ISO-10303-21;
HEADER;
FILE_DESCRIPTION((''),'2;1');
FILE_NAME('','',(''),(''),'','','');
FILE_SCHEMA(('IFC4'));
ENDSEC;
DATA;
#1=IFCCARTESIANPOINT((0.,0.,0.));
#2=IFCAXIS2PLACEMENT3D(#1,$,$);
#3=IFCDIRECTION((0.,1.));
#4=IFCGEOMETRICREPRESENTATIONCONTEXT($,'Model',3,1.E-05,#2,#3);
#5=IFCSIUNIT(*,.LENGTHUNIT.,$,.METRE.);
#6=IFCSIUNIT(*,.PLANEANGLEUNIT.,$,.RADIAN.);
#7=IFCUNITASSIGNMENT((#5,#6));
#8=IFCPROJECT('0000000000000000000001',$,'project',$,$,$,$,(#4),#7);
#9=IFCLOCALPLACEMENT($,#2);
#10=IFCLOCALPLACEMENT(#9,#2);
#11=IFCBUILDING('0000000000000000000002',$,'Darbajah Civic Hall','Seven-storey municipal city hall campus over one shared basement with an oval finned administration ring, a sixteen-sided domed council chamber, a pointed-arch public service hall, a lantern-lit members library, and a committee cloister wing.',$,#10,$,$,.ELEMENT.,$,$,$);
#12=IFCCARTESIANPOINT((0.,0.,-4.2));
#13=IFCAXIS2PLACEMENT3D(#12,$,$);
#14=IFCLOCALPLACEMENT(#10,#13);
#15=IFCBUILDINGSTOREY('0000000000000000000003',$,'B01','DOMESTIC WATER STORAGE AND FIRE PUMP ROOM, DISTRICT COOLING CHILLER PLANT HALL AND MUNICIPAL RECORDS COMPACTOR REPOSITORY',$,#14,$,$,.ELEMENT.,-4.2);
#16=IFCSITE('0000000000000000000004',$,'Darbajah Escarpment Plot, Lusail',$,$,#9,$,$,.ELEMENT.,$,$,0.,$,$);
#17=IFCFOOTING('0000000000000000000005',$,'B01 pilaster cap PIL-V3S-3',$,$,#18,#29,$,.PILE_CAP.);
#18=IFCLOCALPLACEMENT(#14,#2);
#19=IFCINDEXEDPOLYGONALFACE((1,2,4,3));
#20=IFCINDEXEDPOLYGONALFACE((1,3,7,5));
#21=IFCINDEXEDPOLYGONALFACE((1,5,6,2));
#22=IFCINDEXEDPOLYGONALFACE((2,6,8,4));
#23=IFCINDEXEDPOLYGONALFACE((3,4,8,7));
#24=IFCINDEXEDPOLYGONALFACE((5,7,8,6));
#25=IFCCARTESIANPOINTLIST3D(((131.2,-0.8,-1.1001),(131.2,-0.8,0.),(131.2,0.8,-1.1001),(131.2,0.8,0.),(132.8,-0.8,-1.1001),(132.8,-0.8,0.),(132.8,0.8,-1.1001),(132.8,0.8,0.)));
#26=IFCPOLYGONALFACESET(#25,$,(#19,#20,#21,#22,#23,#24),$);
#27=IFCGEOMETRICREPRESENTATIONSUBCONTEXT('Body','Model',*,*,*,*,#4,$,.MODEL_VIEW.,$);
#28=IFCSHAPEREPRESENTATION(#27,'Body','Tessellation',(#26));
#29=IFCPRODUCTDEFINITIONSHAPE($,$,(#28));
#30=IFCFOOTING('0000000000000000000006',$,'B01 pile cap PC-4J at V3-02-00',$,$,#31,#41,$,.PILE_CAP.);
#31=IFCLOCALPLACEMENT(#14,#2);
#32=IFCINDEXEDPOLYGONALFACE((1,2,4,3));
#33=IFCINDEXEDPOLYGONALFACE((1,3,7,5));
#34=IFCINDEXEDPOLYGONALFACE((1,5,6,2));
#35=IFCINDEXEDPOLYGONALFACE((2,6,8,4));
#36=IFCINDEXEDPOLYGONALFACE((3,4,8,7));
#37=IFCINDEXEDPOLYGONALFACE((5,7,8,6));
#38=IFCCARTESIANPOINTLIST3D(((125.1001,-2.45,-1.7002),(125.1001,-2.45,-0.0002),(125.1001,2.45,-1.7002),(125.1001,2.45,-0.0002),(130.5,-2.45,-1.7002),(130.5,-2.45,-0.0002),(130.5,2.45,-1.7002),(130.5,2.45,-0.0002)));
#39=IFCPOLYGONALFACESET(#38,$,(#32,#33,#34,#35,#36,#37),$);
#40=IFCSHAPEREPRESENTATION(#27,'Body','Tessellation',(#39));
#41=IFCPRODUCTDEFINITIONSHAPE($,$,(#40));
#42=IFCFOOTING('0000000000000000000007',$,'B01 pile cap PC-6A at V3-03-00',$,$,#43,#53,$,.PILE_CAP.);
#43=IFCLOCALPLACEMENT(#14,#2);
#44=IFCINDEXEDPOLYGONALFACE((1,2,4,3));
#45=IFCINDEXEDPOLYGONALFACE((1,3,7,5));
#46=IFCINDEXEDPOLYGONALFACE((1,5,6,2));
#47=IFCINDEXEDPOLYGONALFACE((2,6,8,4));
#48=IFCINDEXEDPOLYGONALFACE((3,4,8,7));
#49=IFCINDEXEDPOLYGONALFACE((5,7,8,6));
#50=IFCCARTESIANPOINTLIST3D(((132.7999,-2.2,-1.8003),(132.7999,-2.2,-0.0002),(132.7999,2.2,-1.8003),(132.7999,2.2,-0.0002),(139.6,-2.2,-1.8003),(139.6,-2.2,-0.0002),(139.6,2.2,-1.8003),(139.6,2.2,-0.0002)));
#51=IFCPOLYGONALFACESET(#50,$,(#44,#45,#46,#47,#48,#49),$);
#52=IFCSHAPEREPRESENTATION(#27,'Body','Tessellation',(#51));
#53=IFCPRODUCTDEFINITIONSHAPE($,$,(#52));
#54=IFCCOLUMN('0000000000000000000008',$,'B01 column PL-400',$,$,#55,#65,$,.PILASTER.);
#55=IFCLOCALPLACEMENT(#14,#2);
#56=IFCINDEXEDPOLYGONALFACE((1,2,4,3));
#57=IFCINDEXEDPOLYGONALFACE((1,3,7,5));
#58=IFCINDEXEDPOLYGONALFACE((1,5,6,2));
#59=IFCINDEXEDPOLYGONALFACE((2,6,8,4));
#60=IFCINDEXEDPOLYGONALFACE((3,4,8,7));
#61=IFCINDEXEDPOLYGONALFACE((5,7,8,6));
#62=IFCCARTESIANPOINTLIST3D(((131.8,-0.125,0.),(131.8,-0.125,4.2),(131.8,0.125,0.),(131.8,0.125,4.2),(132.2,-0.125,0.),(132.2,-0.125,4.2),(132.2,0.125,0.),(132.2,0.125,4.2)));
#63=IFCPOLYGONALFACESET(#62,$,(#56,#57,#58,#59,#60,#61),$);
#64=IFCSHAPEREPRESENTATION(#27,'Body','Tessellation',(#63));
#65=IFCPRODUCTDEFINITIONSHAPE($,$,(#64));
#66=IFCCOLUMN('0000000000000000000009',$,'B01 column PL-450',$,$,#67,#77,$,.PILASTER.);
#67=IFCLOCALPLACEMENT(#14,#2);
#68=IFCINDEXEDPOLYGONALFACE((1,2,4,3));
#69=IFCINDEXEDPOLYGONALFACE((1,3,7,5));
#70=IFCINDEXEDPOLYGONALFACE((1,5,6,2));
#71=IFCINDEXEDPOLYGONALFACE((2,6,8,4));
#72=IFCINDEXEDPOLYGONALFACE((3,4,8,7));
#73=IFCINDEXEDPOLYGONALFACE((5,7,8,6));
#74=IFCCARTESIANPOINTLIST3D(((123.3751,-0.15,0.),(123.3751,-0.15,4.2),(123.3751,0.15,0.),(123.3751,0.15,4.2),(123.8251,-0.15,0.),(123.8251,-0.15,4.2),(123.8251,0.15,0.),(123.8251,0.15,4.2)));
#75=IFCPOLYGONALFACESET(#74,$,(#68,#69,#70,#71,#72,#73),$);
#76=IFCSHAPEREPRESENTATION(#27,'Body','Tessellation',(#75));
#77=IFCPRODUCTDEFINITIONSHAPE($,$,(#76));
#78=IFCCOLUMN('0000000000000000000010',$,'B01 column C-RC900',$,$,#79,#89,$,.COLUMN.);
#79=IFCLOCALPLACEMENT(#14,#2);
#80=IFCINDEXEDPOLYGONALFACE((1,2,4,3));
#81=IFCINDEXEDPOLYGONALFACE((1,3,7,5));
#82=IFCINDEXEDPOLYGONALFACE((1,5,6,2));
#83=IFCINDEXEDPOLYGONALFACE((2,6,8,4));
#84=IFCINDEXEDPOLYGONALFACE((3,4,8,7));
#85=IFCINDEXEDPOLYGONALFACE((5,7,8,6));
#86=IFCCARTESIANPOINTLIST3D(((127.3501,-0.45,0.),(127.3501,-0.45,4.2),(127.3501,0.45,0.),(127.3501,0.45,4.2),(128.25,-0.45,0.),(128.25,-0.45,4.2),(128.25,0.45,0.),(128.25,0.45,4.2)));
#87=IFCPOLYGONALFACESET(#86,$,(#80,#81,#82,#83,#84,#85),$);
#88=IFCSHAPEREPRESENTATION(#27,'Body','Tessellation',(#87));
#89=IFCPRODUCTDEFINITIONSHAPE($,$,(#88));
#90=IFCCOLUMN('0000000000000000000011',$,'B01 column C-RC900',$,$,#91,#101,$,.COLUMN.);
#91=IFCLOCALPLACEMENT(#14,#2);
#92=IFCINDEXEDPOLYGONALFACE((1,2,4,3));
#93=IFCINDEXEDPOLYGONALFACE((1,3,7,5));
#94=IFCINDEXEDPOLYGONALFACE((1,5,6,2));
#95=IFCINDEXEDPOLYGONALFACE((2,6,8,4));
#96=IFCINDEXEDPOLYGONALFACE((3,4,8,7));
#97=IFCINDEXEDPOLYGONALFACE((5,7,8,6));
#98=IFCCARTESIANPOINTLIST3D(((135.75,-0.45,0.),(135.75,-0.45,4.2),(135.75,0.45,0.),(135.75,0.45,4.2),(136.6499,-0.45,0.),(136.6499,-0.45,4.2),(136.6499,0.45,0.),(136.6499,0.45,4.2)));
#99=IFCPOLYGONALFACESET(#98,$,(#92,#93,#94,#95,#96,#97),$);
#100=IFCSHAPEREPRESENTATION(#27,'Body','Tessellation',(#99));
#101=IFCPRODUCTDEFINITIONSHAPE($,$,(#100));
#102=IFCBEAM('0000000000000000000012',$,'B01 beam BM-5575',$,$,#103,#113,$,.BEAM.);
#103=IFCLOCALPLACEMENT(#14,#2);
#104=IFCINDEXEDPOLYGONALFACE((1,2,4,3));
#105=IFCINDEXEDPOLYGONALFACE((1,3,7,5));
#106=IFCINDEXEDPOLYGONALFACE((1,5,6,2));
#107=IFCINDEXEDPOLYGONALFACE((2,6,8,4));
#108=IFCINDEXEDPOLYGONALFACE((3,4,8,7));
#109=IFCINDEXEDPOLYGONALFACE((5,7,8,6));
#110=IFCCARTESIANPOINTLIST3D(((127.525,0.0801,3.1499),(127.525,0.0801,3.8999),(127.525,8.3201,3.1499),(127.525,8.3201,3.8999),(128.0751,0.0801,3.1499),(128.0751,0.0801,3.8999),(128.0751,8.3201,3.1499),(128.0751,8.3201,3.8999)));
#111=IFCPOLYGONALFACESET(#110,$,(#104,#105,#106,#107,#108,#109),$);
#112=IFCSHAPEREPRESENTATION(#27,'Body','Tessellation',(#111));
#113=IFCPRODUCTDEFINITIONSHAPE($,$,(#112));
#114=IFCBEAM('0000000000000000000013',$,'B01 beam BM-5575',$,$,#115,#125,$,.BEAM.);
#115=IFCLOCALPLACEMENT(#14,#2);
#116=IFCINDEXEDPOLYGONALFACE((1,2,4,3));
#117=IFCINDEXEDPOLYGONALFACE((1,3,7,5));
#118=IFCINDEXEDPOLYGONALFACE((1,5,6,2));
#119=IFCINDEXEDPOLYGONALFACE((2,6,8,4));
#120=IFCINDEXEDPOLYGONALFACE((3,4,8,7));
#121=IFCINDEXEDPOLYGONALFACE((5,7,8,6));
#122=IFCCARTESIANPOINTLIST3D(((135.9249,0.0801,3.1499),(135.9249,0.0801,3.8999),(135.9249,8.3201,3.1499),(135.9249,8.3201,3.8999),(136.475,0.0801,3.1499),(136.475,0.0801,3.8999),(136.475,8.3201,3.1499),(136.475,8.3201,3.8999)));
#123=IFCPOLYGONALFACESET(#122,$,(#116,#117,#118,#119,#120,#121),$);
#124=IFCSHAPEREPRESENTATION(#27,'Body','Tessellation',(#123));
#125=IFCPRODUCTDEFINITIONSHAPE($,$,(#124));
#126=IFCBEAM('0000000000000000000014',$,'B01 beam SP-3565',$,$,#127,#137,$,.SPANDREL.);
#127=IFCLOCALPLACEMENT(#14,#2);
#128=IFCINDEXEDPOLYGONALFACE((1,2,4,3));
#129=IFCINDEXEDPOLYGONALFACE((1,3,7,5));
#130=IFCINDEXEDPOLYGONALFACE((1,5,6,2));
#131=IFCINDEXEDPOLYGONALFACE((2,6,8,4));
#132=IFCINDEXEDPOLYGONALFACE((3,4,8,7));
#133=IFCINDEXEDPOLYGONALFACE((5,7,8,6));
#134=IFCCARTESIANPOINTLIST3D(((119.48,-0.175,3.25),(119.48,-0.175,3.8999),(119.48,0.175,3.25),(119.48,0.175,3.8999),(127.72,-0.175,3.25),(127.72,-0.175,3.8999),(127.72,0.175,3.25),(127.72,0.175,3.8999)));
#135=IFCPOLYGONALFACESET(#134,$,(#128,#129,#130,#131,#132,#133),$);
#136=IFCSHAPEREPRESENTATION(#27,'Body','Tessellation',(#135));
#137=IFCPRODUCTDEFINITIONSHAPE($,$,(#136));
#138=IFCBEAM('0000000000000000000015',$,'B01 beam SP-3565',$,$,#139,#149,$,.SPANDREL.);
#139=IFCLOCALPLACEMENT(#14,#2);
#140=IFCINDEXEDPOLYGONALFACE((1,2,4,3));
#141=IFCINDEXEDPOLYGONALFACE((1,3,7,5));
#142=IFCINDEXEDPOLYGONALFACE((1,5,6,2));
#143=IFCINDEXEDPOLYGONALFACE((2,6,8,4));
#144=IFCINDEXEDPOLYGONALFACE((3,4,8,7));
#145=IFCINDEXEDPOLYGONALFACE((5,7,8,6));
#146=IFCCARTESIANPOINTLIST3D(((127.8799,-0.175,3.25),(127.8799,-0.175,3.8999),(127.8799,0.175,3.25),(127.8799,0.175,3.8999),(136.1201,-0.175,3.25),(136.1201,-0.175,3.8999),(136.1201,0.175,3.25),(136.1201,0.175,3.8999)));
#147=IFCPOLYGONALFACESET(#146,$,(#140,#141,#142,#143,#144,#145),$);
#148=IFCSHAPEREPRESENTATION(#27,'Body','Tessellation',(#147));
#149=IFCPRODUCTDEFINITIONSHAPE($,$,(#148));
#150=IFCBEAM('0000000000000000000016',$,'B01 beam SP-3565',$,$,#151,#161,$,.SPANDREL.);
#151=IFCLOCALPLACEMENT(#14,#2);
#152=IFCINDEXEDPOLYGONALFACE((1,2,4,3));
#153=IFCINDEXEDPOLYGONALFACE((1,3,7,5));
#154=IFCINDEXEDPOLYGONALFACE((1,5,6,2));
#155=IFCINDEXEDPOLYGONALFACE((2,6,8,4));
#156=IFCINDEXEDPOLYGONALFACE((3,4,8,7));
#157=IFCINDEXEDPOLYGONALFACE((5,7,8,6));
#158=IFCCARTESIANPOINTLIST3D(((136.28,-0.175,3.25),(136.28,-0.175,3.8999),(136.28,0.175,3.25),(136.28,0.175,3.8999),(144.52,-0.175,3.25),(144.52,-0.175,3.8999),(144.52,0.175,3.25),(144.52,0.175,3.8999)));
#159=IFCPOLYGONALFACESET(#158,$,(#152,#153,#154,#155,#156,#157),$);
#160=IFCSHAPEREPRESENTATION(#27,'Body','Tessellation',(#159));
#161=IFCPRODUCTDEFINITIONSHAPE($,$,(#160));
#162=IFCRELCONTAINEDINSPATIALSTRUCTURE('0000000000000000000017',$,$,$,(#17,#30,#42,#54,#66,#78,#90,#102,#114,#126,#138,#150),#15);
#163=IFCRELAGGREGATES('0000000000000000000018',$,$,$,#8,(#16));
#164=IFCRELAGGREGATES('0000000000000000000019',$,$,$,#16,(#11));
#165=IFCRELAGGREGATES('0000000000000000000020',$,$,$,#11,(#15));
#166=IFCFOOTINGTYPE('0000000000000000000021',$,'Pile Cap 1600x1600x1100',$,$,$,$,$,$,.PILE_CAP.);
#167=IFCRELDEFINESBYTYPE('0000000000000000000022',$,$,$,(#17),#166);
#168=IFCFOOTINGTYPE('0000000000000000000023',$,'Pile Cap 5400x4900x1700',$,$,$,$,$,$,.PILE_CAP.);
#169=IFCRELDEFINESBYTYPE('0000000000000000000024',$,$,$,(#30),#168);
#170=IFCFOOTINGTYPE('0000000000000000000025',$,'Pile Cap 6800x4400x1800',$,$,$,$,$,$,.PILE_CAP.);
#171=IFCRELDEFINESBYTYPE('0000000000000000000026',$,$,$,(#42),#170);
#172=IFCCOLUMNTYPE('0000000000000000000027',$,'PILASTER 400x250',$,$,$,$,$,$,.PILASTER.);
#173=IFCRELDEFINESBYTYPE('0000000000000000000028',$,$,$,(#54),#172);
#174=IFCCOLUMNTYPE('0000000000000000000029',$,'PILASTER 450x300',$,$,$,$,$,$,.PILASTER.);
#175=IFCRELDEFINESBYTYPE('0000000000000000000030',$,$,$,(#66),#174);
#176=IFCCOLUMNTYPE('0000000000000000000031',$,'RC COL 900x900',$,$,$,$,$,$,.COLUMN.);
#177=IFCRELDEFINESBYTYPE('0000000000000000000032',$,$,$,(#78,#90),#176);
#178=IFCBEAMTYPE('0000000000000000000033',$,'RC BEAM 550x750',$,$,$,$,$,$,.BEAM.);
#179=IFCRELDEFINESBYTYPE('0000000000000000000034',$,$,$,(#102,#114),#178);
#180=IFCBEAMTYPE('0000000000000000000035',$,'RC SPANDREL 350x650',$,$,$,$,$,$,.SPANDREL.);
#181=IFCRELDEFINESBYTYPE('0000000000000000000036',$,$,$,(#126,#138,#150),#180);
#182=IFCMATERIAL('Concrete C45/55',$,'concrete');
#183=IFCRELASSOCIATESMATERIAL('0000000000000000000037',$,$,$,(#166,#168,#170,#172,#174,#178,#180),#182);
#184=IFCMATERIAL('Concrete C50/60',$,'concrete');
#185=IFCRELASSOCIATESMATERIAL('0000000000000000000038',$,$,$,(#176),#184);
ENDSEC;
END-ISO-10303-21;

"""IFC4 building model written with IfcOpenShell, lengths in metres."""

from ifc_helpers import new_model, si_unit, direction, frame, origin, origin_2d, place, context, subcontext, project, spatial, rectangle, extrude, material, material_profile, profile_set, type_object, element, save


model = new_model("IFC4")

# Units and contexts
model_context = context("Model", 3, precision=1e-05, world=origin(), true_north=direction((0.0, 1.0)))
body_context = subcontext(model_context, "Body", "Model", "MODEL_VIEW")
ifc_project = project(units=[si_unit("LENGTHUNIT", "METRE"), si_unit("PLANEANGLEUNIT", "RADIAN")], contexts=[model_context])

# Site, building, storey
site_placement = place(None, origin())
site = spatial("IfcSite", under=ifc_project, at=site_placement, Name="Darbajah Escarpment Plot, Lusail", CompositionType="ELEMENT", RefElevation=0.0)
building_placement = place(site_placement, origin())
building = spatial("IfcBuilding", under=site, at=building_placement, Name="Darbajah Civic Hall", Description="Seven-storey municipal city hall campus over one shared basement with an oval finned administration ring, a sixteen-sided domed council chamber, a pointed-arch public service hall, a lantern-lit members library, and a committee cloister wing.", CompositionType="ELEMENT")
storey_placement = place(building_placement, frame((0.0, 0.0, -4.2)))
storey = spatial("IfcBuildingStorey", under=building, at=storey_placement, Name="B01", Description="DOMESTIC WATER STORAGE AND FIRE PUMP ROOM, DISTRICT COOLING CHILLER PLANT HALL AND MUNICIPAL RECORDS COMPACTOR REPOSITORY", CompositionType="ELEMENT", Elevation=-4.2)

# Shared definitions
ifc_material_1 = material(Name="Concrete C45/55", Category="concrete")

# Footings
footing_type_1 = type_object("IfcFootingType", Name="Pile Cap 1600x1600x1100", PredefinedType="PILE_CAP", material=ifc_material_1)
for number, where, z_axis, x_axis, name in (
    (1, (132.0, 0.0, -1.1001), (0.0, 0.0, 1.0), (1.0, 0.0, 0.0), "B01 pilaster cap PIL-V3S-3"),
):
    element("IfcFooting", number, at=place(storey_placement, frame(where, z_axis=z_axis, x_axis=x_axis)), inside=storey, type_object=footing_type_1, Name=name, PredefinedType="PILE_CAP", context=body_context, shape_type="SweptSolid", body=[
        extrude(rectangle(XDim=1.6001, YDim=1.6001, at=origin_2d()), origin(), (0.0, 0.0, 1.0), 1.1001),
    ])
footing_type_2 = type_object("IfcFootingType", Name="Pile Cap 5400x4900x1700", PredefinedType="PILE_CAP", material=ifc_material_1)
footing_1_placement = place(storey_placement, frame((127.8, 0.0, -1.7002), z_axis=(0.0, 0.0, 1.0), x_axis=(1.0, 0.0, 0.0)))
element("IfcFooting", 2, at=footing_1_placement, inside=storey, type_object=footing_type_2, Name="B01 pile cap PC-4J at V3-02-00", PredefinedType="PILE_CAP", context=body_context, shape_type="SweptSolid", body=[
    extrude(rectangle(XDim=5.3999, YDim=4.8999, at=origin_2d()), origin(), (0.0, 0.0, 1.0), 1.7),
])
footing_type_3 = type_object("IfcFootingType", Name="Pile Cap 6800x4400x1800", PredefinedType="PILE_CAP", material=ifc_material_1)
footing_2_placement = place(storey_placement, frame((136.2, 0.0, -1.8003), z_axis=(0.0, 0.0, 1.0), x_axis=(1.0, 0.0, 0.0)))
element("IfcFooting", 3, at=footing_2_placement, inside=storey, type_object=footing_type_3, Name="B01 pile cap PC-6A at V3-03-00", PredefinedType="PILE_CAP", context=body_context, shape_type="SweptSolid", body=[
    extrude(rectangle(XDim=6.8, YDim=4.3999, at=origin_2d()), origin(), (0.0, 0.0, 1.0), 1.8),
])

# Columns
ifc_material_profile_1 = material_profile(ifc_material_1, rectangle(XDim=0.3999, YDim=0.25, at=origin_2d()), Name="PILASTER 400x250")
ifc_profile_set_1 = profile_set([ifc_material_profile_1], Name="Concrete C45/55")
column_type_1 = type_object("IfcColumnType", Name="PILASTER 400x250", PredefinedType="PILASTER", material=ifc_profile_set_1)
column_1_placement = place(storey_placement, frame((132.0, 0.0, 0.0), z_axis=(0.0, 0.0, 1.0), x_axis=(1.0, 0.0, 0.0)))
element("IfcColumn", 4, at=column_1_placement, inside=storey, type_object=column_type_1, Name="B01 column PL-400", PredefinedType="PILASTER", context=body_context, shape_type="SweptSolid", body=[
    extrude(rectangle(XDim=0.3999, YDim=0.25, at=origin_2d()), origin(), (0.0, 0.0, 1.0), 4.2),
])
ifc_material_profile_2 = material_profile(ifc_material_1, rectangle(XDim=0.45, YDim=0.3, at=origin_2d()), Name="PILASTER 450x300")
ifc_profile_set_2 = profile_set([ifc_material_profile_2], Name="Concrete C45/55")
column_type_2 = type_object("IfcColumnType", Name="PILASTER 450x300", PredefinedType="PILASTER", material=ifc_profile_set_2)
column_2_placement = place(storey_placement, frame((123.6001, 0.0, 0.0), z_axis=(0.0, 0.0, 1.0), x_axis=(1.0, 0.0, 0.0)))
element("IfcColumn", 5, at=column_2_placement, inside=storey, type_object=column_type_2, Name="B01 column PL-450", PredefinedType="PILASTER", context=body_context, shape_type="SweptSolid", body=[
    extrude(rectangle(XDim=0.45, YDim=0.3, at=origin_2d()), origin(), (0.0, 0.0, 1.0), 4.2),
])
ifc_material_2 = material(Name="Concrete C50/60", Category="concrete")
ifc_material_profile_3 = material_profile(ifc_material_2, rectangle(XDim=0.8999, YDim=0.8999, at=origin_2d()), Name="RC COL 900x900")
ifc_profile_set_3 = profile_set([ifc_material_profile_3], Name="Concrete C50/60")
column_type_3 = type_object("IfcColumnType", Name="RC COL 900x900", PredefinedType="COLUMN", material=ifc_profile_set_3)
for number, where, z_axis, x_axis, name in (
    (6, (127.8, 0.0, 0.0), (0.0, 0.0, 1.0), (1.0, 0.0, 0.0), "B01 column C-RC900"),
    (7, (136.2, 0.0, 0.0), (0.0, 0.0, 1.0), (1.0, 0.0, 0.0), "B01 column C-RC900"),
):
    element("IfcColumn", number, at=place(storey_placement, frame(where, z_axis=z_axis, x_axis=x_axis)), inside=storey, type_object=column_type_3, Name=name, PredefinedType="COLUMN", context=body_context, shape_type="SweptSolid", body=[
        extrude(rectangle(XDim=0.8999, YDim=0.8999, at=origin_2d()), origin(), (0.0, 0.0, 1.0), 4.2),
    ])

# Beams
ifc_material_profile_4 = material_profile(ifc_material_1, rectangle(XDim=0.55, YDim=0.75, at=origin_2d()), Name="RC BEAM 550x750")
ifc_profile_set_4 = profile_set([ifc_material_profile_4], Name="Concrete C45/55")
beam_type_1 = type_object("IfcBeamType", Name="RC BEAM 550x750", PredefinedType="BEAM", material=ifc_profile_set_4)
for number, where, z_axis, x_axis, name in (
    (8, (127.8, 0.0801, 3.5249), (0.0, 1.0, 0.0), (-1.0, 0.0, 0.0), "B01 beam BM-5575"),
    (9, (136.2, 0.0801, 3.5249), (0.0, 1.0, 0.0), (-1.0, 0.0, 0.0), "B01 beam BM-5575"),
):
    element("IfcBeam", number, at=place(storey_placement, frame(where, z_axis=z_axis, x_axis=x_axis)), inside=storey, type_object=beam_type_1, Name=name, PredefinedType="BEAM", context=body_context, shape_type="SweptSolid", body=[
        extrude(rectangle(XDim=0.55, YDim=0.75, at=origin_2d()), origin(), (0.0, 0.0, 1.0), 8.24),
    ])
ifc_material_profile_5 = material_profile(ifc_material_1, rectangle(XDim=0.3501, YDim=0.6499, at=origin_2d()), Name="RC SPANDREL 350x650")
ifc_profile_set_5 = profile_set([ifc_material_profile_5], Name="Concrete C45/55")
beam_type_2 = type_object("IfcBeamType", Name="RC SPANDREL 350x650", PredefinedType="SPANDREL", material=ifc_profile_set_5)
beam_1_placement = place(storey_placement, frame((119.48, 0.0, 3.575), z_axis=(1.0, 0.0, 0.0), x_axis=(0.0, 1.0, 0.0)))
element("IfcBeam", 10, at=beam_1_placement, inside=storey, type_object=beam_type_2, Name="B01 beam SP-3565", PredefinedType="SPANDREL", context=body_context, shape_type="SweptSolid", body=[
    extrude(rectangle(XDim=0.3501, YDim=0.6499, at=origin_2d()), origin(), (0.0, 0.0, 1.0), 8.24),
])
beam_2_placement = place(storey_placement, frame((127.8799, 0.0, 3.575), z_axis=(1.0, 0.0, 0.0), x_axis=(0.0, 1.0, 0.0)))
element("IfcBeam", 11, at=beam_2_placement, inside=storey, type_object=beam_type_2, Name="B01 beam SP-3565", PredefinedType="SPANDREL", context=body_context, shape_type="SweptSolid", body=[
    extrude(rectangle(XDim=0.3501, YDim=0.6499, at=origin_2d()), origin(), (0.0, 0.0, 1.0), 8.2402),
])
beam_3_placement = place(storey_placement, frame((136.28, 0.0, 3.575), z_axis=(1.0, 0.0, 0.0), x_axis=(0.0, 1.0, 0.0)))
element("IfcBeam", 12, at=beam_3_placement, inside=storey, type_object=beam_type_2, Name="B01 beam SP-3565", PredefinedType="SPANDREL", context=body_context, shape_type="SweptSolid", body=[
    extrude(rectangle(XDim=0.3501, YDim=0.6499, at=origin_2d()), origin(), (0.0, 0.0, 1.0), 8.24),
])

save(model, "model.ifc")
